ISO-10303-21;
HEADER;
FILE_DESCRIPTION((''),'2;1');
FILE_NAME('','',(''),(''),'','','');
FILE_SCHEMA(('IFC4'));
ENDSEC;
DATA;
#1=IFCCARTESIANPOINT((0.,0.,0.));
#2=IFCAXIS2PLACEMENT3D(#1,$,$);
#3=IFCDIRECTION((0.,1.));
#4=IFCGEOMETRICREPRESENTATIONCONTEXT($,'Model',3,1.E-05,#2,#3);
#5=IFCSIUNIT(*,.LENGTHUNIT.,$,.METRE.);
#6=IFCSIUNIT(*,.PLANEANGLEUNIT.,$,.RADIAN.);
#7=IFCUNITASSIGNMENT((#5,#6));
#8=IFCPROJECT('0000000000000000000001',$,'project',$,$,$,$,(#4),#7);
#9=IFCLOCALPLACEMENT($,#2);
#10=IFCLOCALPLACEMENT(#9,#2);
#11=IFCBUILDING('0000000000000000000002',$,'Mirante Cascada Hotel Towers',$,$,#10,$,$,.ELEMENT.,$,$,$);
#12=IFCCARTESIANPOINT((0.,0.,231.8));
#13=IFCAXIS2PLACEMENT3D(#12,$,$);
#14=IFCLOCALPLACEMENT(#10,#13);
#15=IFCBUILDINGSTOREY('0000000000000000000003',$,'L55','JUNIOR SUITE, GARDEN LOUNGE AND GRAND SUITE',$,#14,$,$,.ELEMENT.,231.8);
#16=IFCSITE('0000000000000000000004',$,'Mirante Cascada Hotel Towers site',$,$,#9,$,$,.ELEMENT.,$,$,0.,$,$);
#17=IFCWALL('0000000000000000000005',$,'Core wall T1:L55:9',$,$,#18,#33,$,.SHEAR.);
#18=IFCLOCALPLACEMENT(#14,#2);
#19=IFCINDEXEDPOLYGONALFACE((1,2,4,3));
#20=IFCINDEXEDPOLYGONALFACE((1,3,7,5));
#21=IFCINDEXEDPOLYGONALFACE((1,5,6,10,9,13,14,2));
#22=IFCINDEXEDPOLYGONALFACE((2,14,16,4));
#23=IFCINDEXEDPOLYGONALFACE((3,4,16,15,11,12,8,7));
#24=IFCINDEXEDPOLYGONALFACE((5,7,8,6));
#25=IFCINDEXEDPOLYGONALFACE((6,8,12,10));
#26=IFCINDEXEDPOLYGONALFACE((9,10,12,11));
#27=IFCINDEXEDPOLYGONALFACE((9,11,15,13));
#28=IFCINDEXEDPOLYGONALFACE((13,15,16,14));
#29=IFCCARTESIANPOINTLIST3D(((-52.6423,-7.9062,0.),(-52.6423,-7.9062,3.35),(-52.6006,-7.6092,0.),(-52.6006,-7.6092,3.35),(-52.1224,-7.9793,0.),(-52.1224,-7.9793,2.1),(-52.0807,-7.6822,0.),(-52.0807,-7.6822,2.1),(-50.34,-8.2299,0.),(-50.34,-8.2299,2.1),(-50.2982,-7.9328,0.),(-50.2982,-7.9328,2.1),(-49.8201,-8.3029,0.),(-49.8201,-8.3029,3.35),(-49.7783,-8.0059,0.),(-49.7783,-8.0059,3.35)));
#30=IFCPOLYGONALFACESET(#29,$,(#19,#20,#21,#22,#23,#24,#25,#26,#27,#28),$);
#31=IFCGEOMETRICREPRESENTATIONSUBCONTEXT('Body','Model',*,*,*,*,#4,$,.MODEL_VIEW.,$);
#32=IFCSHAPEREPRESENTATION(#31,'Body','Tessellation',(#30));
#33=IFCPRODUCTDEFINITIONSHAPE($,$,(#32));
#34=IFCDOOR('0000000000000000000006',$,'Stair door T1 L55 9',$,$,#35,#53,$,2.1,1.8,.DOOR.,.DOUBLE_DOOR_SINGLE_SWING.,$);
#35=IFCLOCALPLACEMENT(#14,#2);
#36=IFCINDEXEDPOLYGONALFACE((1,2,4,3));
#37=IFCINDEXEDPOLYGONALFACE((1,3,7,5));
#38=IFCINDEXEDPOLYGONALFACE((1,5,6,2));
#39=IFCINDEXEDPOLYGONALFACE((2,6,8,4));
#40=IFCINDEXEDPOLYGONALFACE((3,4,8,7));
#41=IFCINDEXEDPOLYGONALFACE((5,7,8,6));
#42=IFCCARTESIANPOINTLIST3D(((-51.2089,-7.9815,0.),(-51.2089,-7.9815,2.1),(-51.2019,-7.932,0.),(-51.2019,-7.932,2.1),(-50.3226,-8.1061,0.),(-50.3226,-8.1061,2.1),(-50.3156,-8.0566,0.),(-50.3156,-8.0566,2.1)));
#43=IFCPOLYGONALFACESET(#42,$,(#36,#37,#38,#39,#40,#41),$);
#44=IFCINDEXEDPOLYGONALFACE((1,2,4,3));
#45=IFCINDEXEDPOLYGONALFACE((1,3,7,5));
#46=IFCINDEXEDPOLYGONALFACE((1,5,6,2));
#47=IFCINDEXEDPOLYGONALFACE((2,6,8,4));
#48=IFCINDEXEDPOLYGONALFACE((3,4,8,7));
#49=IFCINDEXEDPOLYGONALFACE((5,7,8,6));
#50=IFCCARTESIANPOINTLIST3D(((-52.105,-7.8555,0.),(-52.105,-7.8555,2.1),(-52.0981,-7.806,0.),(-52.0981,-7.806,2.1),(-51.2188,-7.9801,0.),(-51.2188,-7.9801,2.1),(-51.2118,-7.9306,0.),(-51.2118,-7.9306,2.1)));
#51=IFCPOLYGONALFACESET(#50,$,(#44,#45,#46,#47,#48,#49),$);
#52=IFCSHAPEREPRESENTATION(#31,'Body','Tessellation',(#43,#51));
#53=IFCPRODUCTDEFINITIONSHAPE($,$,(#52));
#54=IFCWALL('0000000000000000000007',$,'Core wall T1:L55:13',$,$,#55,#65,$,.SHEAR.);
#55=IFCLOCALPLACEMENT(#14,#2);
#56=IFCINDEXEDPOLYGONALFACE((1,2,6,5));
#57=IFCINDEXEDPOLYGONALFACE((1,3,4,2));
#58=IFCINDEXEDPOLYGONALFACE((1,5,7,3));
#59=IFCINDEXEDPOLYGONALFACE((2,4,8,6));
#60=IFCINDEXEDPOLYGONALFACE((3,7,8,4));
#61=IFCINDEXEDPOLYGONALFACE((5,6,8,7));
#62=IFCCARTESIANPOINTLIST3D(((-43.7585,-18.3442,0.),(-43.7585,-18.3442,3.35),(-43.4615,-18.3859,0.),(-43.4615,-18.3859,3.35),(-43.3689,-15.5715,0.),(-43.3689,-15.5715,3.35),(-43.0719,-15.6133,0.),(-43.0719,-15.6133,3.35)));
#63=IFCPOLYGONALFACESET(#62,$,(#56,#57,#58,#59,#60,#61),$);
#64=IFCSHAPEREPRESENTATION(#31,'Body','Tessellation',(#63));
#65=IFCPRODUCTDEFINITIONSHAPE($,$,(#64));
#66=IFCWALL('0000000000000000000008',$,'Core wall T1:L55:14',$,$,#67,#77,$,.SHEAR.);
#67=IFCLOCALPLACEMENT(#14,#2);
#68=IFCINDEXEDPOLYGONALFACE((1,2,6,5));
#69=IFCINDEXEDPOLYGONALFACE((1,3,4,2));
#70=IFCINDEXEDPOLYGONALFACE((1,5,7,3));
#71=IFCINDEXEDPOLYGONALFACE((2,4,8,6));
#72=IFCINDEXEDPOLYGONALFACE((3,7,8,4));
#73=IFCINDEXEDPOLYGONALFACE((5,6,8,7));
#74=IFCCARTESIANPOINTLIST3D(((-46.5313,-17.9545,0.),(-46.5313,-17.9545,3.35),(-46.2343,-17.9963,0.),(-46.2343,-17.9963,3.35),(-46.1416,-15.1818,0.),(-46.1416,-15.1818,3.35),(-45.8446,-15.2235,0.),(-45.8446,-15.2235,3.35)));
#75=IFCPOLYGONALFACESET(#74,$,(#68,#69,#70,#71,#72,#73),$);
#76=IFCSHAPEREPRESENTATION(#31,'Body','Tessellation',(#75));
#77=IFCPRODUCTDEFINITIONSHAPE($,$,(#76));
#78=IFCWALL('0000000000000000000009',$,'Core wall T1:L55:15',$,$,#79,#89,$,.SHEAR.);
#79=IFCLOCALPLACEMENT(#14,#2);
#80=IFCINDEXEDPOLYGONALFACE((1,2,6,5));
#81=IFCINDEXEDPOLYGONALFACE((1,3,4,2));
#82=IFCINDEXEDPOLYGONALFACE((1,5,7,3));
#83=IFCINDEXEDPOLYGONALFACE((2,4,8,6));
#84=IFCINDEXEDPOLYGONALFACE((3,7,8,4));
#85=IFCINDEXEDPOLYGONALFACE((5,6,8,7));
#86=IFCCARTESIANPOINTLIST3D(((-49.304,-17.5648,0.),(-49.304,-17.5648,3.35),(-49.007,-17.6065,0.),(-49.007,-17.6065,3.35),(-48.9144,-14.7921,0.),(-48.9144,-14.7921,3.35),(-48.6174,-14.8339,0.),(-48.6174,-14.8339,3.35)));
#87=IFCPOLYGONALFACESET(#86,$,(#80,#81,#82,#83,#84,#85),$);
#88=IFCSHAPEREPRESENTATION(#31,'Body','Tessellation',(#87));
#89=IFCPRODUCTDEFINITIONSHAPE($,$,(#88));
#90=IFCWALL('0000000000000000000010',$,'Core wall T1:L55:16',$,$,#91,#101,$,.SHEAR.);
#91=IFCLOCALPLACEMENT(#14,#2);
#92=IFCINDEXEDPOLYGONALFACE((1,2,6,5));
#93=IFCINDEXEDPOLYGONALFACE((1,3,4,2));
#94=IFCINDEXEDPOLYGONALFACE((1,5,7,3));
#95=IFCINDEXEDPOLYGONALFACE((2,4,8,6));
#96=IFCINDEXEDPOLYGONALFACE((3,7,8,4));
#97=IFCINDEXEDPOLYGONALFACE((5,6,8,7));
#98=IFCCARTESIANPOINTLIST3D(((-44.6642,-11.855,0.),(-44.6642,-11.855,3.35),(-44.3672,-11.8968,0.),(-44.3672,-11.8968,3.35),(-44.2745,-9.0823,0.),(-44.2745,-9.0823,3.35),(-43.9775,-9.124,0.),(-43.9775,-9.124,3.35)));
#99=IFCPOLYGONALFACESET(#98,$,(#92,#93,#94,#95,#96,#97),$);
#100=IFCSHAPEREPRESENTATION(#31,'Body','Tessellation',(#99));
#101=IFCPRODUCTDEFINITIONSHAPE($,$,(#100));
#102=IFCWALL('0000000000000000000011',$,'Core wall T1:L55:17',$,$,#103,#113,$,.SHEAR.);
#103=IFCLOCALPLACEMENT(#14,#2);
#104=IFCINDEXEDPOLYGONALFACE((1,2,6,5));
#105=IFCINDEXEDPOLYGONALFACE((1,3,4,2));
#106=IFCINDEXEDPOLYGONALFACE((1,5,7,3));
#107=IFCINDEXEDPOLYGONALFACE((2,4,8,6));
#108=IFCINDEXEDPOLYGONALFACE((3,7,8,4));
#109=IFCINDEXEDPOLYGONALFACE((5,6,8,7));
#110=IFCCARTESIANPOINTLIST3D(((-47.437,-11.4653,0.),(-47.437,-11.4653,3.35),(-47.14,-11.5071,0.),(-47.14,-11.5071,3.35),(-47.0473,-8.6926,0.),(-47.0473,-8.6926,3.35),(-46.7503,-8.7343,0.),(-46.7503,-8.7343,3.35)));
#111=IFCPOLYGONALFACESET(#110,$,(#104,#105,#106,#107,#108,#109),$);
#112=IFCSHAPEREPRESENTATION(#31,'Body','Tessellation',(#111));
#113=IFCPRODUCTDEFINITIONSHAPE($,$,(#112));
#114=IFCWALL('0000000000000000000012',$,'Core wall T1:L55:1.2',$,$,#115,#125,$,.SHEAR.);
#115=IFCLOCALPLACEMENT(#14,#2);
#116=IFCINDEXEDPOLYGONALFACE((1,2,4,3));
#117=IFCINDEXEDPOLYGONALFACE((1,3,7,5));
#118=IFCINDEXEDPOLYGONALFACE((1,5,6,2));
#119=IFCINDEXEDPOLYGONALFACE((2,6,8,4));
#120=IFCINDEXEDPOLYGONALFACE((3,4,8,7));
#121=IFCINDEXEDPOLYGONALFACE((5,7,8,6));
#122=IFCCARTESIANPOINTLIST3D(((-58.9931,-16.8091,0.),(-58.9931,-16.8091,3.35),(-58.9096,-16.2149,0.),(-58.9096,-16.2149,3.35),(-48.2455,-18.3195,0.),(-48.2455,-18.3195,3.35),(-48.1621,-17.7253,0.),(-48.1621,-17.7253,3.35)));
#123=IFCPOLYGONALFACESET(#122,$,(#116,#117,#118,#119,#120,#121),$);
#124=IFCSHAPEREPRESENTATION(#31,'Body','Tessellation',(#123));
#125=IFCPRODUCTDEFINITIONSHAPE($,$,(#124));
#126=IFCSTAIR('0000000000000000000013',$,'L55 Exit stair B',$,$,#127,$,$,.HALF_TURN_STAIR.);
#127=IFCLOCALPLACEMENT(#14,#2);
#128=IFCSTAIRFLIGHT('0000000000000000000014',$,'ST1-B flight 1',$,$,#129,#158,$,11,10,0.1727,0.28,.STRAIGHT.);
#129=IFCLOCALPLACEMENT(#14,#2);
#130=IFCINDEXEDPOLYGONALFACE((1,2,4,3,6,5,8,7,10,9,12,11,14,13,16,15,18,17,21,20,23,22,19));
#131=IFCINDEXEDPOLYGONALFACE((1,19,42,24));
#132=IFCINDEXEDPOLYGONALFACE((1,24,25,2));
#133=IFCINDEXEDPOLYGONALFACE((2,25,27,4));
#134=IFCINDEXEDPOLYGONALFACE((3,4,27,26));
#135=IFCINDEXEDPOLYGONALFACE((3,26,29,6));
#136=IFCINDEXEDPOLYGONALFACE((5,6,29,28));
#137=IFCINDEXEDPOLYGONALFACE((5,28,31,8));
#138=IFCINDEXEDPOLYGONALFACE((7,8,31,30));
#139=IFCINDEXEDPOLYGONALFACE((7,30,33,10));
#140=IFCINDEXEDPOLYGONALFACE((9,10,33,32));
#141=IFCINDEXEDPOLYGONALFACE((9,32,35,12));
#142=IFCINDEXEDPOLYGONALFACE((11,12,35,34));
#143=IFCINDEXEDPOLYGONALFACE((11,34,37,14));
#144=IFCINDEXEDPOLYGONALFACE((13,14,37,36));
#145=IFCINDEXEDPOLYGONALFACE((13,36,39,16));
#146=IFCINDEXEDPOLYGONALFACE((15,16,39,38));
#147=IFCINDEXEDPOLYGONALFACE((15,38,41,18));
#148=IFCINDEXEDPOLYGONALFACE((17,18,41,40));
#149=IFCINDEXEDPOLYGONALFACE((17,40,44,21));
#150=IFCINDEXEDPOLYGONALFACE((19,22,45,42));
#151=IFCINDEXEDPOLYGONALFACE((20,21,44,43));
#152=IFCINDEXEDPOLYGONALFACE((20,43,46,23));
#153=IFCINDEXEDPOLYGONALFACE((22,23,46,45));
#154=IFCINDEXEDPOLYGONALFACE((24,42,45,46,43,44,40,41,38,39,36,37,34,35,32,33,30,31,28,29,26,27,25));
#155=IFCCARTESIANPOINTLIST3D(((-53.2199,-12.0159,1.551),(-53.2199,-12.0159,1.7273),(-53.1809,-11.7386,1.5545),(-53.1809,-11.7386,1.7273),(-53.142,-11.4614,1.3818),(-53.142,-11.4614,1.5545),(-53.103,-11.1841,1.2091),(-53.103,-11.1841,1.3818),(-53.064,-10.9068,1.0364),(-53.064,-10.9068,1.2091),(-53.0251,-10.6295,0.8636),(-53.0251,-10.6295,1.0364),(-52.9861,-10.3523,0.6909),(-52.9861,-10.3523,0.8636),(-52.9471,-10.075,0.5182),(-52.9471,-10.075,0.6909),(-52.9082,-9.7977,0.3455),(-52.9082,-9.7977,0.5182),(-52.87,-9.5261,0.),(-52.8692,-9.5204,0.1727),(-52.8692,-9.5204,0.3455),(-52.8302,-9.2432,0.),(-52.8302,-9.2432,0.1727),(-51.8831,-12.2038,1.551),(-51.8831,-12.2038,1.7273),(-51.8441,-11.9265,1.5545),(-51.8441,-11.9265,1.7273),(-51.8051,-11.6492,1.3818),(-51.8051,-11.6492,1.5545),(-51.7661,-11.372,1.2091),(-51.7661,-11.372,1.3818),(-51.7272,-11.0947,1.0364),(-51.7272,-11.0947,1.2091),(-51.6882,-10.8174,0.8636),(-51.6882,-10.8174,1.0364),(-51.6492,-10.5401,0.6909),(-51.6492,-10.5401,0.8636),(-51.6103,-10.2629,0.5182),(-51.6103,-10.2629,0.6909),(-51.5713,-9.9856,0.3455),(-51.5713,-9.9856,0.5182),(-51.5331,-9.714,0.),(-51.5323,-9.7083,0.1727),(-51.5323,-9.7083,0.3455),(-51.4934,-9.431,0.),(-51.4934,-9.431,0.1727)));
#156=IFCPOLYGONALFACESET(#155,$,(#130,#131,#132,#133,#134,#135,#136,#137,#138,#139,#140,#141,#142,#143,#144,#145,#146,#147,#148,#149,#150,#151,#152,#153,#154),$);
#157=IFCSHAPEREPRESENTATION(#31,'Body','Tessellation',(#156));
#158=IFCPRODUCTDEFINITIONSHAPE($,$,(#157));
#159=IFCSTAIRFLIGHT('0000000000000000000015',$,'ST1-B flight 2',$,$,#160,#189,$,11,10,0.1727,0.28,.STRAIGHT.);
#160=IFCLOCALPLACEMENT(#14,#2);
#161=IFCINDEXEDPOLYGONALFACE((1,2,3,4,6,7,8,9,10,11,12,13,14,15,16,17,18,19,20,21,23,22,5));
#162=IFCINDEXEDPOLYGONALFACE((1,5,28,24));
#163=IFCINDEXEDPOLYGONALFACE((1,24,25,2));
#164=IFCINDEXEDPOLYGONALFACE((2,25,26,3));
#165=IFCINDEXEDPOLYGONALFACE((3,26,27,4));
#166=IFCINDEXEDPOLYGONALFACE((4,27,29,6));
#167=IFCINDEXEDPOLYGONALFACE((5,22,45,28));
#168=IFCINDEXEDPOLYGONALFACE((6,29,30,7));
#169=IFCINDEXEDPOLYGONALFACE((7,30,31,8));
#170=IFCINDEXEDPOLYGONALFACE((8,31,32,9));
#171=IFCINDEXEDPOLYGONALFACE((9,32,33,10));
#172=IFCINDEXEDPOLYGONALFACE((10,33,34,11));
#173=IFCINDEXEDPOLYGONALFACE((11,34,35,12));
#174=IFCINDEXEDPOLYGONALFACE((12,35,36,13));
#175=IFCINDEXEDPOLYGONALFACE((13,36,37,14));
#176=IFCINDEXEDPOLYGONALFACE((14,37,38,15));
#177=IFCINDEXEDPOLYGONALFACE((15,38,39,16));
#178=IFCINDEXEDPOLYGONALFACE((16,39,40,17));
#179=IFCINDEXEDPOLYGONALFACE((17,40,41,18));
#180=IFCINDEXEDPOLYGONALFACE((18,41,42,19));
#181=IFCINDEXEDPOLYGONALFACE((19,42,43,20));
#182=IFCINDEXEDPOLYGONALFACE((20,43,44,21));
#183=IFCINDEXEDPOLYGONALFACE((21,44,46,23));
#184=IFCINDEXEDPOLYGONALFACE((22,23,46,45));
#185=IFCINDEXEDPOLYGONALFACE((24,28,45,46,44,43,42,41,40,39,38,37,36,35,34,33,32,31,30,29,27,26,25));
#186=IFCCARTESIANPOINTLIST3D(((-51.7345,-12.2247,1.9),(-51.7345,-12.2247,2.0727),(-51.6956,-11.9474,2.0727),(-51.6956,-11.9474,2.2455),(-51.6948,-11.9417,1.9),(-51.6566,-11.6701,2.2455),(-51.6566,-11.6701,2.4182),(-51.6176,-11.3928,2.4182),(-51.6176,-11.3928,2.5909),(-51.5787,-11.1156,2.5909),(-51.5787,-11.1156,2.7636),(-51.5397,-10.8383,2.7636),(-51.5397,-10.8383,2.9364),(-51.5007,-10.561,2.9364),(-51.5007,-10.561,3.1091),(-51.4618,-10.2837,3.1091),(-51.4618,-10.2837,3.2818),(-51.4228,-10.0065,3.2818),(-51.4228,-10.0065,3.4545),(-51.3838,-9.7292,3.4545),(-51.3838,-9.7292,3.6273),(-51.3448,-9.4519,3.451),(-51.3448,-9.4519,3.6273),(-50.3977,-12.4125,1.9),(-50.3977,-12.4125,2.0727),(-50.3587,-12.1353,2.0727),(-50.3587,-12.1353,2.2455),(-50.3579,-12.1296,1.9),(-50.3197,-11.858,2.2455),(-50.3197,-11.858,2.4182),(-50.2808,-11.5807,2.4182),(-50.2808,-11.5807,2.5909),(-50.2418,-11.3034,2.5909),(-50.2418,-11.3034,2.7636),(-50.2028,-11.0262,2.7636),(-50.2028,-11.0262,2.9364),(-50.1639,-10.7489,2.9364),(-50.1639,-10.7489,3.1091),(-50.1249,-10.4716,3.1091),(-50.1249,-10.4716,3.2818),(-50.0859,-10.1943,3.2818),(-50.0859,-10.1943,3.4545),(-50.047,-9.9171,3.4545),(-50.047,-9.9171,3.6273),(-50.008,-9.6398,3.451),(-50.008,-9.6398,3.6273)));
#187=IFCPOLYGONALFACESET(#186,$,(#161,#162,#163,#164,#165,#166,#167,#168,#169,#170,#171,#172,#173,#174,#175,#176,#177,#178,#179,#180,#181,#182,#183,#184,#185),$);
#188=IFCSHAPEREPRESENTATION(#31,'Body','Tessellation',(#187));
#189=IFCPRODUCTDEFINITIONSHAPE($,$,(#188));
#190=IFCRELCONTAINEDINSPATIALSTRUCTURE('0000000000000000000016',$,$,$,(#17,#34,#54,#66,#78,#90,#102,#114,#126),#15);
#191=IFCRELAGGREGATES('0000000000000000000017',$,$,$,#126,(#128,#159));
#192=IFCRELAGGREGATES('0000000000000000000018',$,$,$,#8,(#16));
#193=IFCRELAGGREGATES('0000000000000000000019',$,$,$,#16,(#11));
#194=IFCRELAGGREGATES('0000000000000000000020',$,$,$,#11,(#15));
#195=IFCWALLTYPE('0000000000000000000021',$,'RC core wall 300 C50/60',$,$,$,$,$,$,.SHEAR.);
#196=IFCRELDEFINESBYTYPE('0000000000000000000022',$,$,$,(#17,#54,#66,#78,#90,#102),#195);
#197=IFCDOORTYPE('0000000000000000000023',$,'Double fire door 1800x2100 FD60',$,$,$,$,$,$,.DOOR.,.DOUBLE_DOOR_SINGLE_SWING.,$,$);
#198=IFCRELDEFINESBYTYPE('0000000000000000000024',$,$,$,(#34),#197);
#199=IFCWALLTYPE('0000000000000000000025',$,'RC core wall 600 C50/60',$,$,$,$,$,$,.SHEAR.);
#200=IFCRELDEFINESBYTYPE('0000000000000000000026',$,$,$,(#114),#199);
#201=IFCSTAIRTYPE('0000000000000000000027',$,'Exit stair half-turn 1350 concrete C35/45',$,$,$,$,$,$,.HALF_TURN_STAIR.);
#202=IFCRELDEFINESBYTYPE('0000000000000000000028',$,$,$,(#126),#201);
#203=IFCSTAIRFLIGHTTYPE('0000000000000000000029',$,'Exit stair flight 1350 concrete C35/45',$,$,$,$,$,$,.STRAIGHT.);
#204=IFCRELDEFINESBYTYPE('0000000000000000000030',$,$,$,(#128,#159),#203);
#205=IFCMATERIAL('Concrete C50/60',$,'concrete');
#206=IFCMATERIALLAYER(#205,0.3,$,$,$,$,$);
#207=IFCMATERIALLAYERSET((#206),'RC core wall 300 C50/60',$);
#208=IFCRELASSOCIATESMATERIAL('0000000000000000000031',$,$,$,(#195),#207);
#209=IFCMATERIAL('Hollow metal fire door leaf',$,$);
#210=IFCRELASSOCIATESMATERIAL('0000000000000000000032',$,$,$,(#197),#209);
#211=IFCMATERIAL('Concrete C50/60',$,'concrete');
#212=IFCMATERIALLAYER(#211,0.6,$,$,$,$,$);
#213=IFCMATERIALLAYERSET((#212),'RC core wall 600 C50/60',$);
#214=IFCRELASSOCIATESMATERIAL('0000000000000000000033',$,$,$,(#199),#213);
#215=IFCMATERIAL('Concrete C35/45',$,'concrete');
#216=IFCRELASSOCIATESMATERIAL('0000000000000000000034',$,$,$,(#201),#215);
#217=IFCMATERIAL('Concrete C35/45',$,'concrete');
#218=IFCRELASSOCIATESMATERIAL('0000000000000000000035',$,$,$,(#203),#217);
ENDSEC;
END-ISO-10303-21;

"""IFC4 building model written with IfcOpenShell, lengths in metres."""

from ifc_helpers import new_model, si_unit, direction, frame, frame_2d, origin, place, context, subcontext, project, spatial, polyline, rectangle, outline, extrude, material, layer, layer_set, type_object, element, fill, aggregate, save


model = new_model("IFC4")

# Units and contexts
model_context = context("Model", 3, precision=1e-05, world=origin(), true_north=direction((0.0, 1.0)))
body_context = subcontext(model_context, "Body", "Model", "MODEL_VIEW")
ifc_project = project(units=[si_unit("LENGTHUNIT", "METRE"), si_unit("PLANEANGLEUNIT", "RADIAN")], contexts=[model_context])

# Site, building, storey
site_placement = place(None, origin())
site = spatial("IfcSite", under=ifc_project, at=site_placement, Name="Mirante Cascada Hotel Towers site", CompositionType="ELEMENT", RefElevation=0.0)
building_placement = place(site_placement, origin())
building = spatial("IfcBuilding", under=site, at=building_placement, Name="Mirante Cascada Hotel Towers", CompositionType="ELEMENT")
storey_placement = place(building_placement, frame((0.0, 0.0, 231.8)))
storey = spatial("IfcBuildingStorey", under=building, at=storey_placement, Name="L55", Description="JUNIOR SUITE, GARDEN LOUNGE AND GRAND SUITE", CompositionType="ELEMENT", Elevation=231.8)

# Shared definitions
ifc_material_1 = material(Name="Concrete C50/60", Category="concrete")
ifc_layer_1 = layer(ifc_material_1, 0.3)
ifc_layer_set_1 = layer_set([ifc_layer_1], Name="RC core wall 300 C50/60")
wall_type_1 = type_object("IfcWallType", Name="RC core wall 300 C50/60", PredefinedType="SHEAR", material=ifc_layer_set_1)

# Wall, opening, door
wall_1_placement = place(storey_placement, frame((-49.7992, -8.1544, 0.0), z_axis=(0.0, 0.0, 1.0), x_axis=(-0.990266, 0.139191, 0.0)))
wall_1 = element("IfcWall", 1, at=wall_1_placement, inside=storey, type_object=wall_type_1, Name="Core wall T1:L55:9", PredefinedType="SHEAR", context=body_context, shape_type="SweptSolid", body=[
    extrude(rectangle(XDim=2.85, YDim=0.3, at=frame_2d((1.425, 0.0))), origin(), (0.0, 0.0, 1.0), 3.35),
])
opening_1_placement = place(wall_1_placement, frame((0.525, 0.0, 0.0)))
opening_1 = element("IfcOpeningElement", 2, at=opening_1_placement, cuts=wall_1, PredefinedType="OPENING", context=body_context, shape_type="SweptSolid", body=[
    extrude(rectangle(XDim=1.8, YDim=2.1, at=frame_2d((0.9, 1.05))), frame((0.0, 0.15, 0.0), z_axis=(0.0, -1.0, 0.0), x_axis=(1.0, 0.0, 0.0)), (0.0, 0.0, 1.0), 0.3),
])
ifc_material_2 = material(Name="Hollow metal fire door leaf")
door_type_1 = type_object("IfcDoorType", Name="Double fire door 1800x2100 FD60", OperationType="DOUBLE_DOOR_SINGLE_SWING", PredefinedType="DOOR", material=ifc_material_2)
door_1_placement = place(opening_1_placement, origin())
door_1 = element("IfcDoor", 3, at=door_1_placement, inside=storey, type_object=door_type_1, Name="Stair door T1 L55 9", OperationType="DOUBLE_DOOR_SINGLE_SWING", OverallHeight=2.1, OverallWidth=1.8, PredefinedType="DOOR", context=body_context, shape_type="SweptSolid", body=[
    extrude(rectangle(XDim=0.895, YDim=2.1, at=frame_2d((0.4475, 1.05))), frame((0.0, 0.025, 0.0), z_axis=(0.0, -1.0, 0.0), x_axis=(1.0, 0.0, 0.0)), (0.0, 0.0, 1.0), 0.05),
    extrude(rectangle(XDim=0.895, YDim=2.1, at=frame_2d((1.3525, 1.05))), frame((0.0, 0.025, 0.0), z_axis=(0.0, -1.0, 0.0), x_axis=(1.0, 0.0, 0.0)), (0.0, 0.0, 1.0), 0.05),
])
fill(opening_1, door_1)

# Walls
wall_2_placement = place(storey_placement, frame((-43.61, -18.3651, 0.0), z_axis=(0.0, 0.0, 1.0), x_axis=(0.139146, 0.990272, 0.0)))
element("IfcWall", 4, at=wall_2_placement, inside=storey, type_object=wall_type_1, Name="Core wall T1:L55:13", PredefinedType="SHEAR", context=body_context, shape_type="SweptSolid", body=[
    extrude(rectangle(XDim=2.7999, YDim=0.3, at=frame_2d((1.4, 0.0))), origin(), (0.0, 0.0, 1.0), 3.35),
])
wall_3_placement = place(storey_placement, frame((-46.3828, -17.9754, 0.0), z_axis=(0.0, 0.0, 1.0), x_axis=(0.139181, 0.990267, 0.0)))
element("IfcWall", 5, at=wall_3_placement, inside=storey, type_object=wall_type_1, Name="Core wall T1:L55:14", PredefinedType="SHEAR", context=body_context, shape_type="SweptSolid", body=[
    extrude(rectangle(XDim=2.8, YDim=0.3, at=frame_2d((1.4, 0.0))), origin(), (0.0, 0.0, 1.0), 3.35),
])
wall_4_placement = place(storey_placement, frame((-49.1555, -17.5857, 0.0), z_axis=(0.0, 0.0, 1.0), x_axis=(0.139146, 0.990272, 0.0)))
element("IfcWall", 6, at=wall_4_placement, inside=storey, type_object=wall_type_1, Name="Core wall T1:L55:15", PredefinedType="SHEAR", context=body_context, shape_type="SweptSolid", body=[
    extrude(rectangle(XDim=2.7999, YDim=0.3, at=frame_2d((1.4, 0.0))), origin(), (0.0, 0.0, 1.0), 3.35),
])
for number, where, z_axis, x_axis, name in (
    (7, (-44.5157, -11.8759, 0.0), (0.0, 0.0, 1.0), (0.139181, 0.990267, 0.0), "Core wall T1:L55:16"),
    (8, (-47.2885, -11.4862, 0.0), (0.0, 0.0, 1.0), (0.139181, 0.990267, 0.0), "Core wall T1:L55:17"),
):
    element("IfcWall", number, at=place(storey_placement, frame(where, z_axis=z_axis, x_axis=x_axis)), inside=storey, type_object=wall_type_1, Name=name, PredefinedType="SHEAR", context=body_context, shape_type="SweptSolid", body=[
        extrude(rectangle(XDim=2.8, YDim=0.3, at=frame_2d((1.4, 0.0))), origin(), (0.0, 0.0, 1.0), 3.35),
    ])
ifc_material_3 = material(Name="Concrete C50/60", Category="concrete")
ifc_layer_2 = layer(ifc_material_3, 0.6)
ifc_layer_set_2 = layer_set([ifc_layer_2], Name="RC core wall 600 C50/60")
wall_type_2 = type_object("IfcWallType", Name="RC core wall 600 C50/60", PredefinedType="SHEAR", material=ifc_layer_set_2)
wall_5_placement = place(storey_placement, frame((-48.2038, -18.0224, 0.0), z_axis=(0.0, 0.0, 1.0), x_axis=(-0.990269, 0.139166, 0.0)))
element("IfcWall", 9, at=wall_5_placement, inside=storey, type_object=wall_type_2, Name="Core wall T1:L55:1.2", PredefinedType="SHEAR", context=body_context, shape_type="SweptSolid", body=[
    extrude(rectangle(XDim=10.8532, YDim=0.6, at=frame_2d((5.4266, 0.0))), origin(), (0.0, 0.0, 1.0), 3.35),
])

# Stair, stair flights
ifc_material_4 = material(Name="Concrete C35/45", Category="concrete")
stair_type = type_object("IfcStairType", Name="Exit stair half-turn 1350 concrete C35/45", PredefinedType="HALF_TURN_STAIR", material=ifc_material_4)
stair_placement = place(storey_placement, origin())
stair = element("IfcStair", 10, at=stair_placement, inside=storey, type_object=stair_type, Name="L55 Exit stair B", PredefinedType="HALF_TURN_STAIR")
ifc_material_5 = material(Name="Concrete C35/45", Category="concrete")
stair_flight_type = type_object("IfcStairFlightType", Name="Exit stair flight 1350 concrete C35/45", PredefinedType="STRAIGHT", material=ifc_material_5)
stair_flight_1_placement = place(storey_placement, frame((-52.1618, -9.3371, 0.0), z_axis=(0.0, 0.0, 1.0), x_axis=(-0.139173, -0.990268, 0.0)))
stair_flight_1 = element("IfcStairFlight", 11, at=stair_flight_1_placement, type_object=stair_flight_type, Name="ST1-B flight 1", NumberOfRisers=11, NumberOfTreads=10, PredefinedType="STRAIGHT", RiserHeight=0.1727, TreadLength=0.28, context=body_context, shape_type="SweptSolid", body=[
    extrude(outline(polyline([(0.0, 0.0), (0.0, 0.1727), (0.28, 0.1727), (0.28, 0.3455), (0.56, 0.3455), (0.56, 0.5182), (0.84, 0.5182), (0.84, 0.6909), (1.12, 0.6909), (1.12, 0.8636), (1.4, 0.8636), (1.4, 1.0364), (1.68, 1.0364), (1.68, 1.2091), (1.96, 1.2091), (1.96, 1.3818), (2.24, 1.3818), (2.24, 1.5545), (2.52, 1.5545), (2.52, 1.7273), (2.8, 1.7273), (2.8, 1.9), (2.8, 1.551), (0.2857, 0.0), (0.0, 0.0)])), frame((0.0, 0.675, 0.0), z_axis=(0.0, -1.0, 0.0), x_axis=(1.0, 0.0, 0.0)), (0.0, 0.0, 1.0), 1.35),
])
stair_flight_2_placement = place(storey_placement, frame((-51.0661, -12.3186, 1.9), z_axis=(0.0, 0.0, 1.0), x_axis=(0.139173, 0.990268, 0.0)))
stair_flight_2 = element("IfcStairFlight", 12, at=stair_flight_2_placement, type_object=stair_flight_type, Name="ST1-B flight 2", NumberOfRisers=11, NumberOfTreads=10, PredefinedType="STRAIGHT", RiserHeight=0.1727, TreadLength=0.28, context=body_context, shape_type="SweptSolid", body=[
    extrude(outline(polyline([(0.0, 0.0), (0.0, 0.1727), (0.28, 0.1727), (0.28, 0.3455), (0.56, 0.3455), (0.56, 0.5182), (0.84, 0.5182), (0.84, 0.6909), (1.12, 0.6909), (1.12, 0.8636), (1.4, 0.8636), (1.4, 1.0364), (1.68, 1.0364), (1.68, 1.2091), (1.96, 1.2091), (1.96, 1.3818), (2.24, 1.3818), (2.24, 1.5545), (2.52, 1.5545), (2.52, 1.7273), (2.8, 1.7273), (2.8, 1.9), (2.8, 1.551), (0.2857, 0.0), (0.0, 0.0)])), frame((0.0, 0.675, 0.0), z_axis=(0.0, -1.0, 0.0), x_axis=(1.0, 0.0, 0.0)), (0.0, 0.0, 1.0), 1.35),
])
aggregate(stair, [stair_flight_1, stair_flight_2])

save(model, "model.ifc")
